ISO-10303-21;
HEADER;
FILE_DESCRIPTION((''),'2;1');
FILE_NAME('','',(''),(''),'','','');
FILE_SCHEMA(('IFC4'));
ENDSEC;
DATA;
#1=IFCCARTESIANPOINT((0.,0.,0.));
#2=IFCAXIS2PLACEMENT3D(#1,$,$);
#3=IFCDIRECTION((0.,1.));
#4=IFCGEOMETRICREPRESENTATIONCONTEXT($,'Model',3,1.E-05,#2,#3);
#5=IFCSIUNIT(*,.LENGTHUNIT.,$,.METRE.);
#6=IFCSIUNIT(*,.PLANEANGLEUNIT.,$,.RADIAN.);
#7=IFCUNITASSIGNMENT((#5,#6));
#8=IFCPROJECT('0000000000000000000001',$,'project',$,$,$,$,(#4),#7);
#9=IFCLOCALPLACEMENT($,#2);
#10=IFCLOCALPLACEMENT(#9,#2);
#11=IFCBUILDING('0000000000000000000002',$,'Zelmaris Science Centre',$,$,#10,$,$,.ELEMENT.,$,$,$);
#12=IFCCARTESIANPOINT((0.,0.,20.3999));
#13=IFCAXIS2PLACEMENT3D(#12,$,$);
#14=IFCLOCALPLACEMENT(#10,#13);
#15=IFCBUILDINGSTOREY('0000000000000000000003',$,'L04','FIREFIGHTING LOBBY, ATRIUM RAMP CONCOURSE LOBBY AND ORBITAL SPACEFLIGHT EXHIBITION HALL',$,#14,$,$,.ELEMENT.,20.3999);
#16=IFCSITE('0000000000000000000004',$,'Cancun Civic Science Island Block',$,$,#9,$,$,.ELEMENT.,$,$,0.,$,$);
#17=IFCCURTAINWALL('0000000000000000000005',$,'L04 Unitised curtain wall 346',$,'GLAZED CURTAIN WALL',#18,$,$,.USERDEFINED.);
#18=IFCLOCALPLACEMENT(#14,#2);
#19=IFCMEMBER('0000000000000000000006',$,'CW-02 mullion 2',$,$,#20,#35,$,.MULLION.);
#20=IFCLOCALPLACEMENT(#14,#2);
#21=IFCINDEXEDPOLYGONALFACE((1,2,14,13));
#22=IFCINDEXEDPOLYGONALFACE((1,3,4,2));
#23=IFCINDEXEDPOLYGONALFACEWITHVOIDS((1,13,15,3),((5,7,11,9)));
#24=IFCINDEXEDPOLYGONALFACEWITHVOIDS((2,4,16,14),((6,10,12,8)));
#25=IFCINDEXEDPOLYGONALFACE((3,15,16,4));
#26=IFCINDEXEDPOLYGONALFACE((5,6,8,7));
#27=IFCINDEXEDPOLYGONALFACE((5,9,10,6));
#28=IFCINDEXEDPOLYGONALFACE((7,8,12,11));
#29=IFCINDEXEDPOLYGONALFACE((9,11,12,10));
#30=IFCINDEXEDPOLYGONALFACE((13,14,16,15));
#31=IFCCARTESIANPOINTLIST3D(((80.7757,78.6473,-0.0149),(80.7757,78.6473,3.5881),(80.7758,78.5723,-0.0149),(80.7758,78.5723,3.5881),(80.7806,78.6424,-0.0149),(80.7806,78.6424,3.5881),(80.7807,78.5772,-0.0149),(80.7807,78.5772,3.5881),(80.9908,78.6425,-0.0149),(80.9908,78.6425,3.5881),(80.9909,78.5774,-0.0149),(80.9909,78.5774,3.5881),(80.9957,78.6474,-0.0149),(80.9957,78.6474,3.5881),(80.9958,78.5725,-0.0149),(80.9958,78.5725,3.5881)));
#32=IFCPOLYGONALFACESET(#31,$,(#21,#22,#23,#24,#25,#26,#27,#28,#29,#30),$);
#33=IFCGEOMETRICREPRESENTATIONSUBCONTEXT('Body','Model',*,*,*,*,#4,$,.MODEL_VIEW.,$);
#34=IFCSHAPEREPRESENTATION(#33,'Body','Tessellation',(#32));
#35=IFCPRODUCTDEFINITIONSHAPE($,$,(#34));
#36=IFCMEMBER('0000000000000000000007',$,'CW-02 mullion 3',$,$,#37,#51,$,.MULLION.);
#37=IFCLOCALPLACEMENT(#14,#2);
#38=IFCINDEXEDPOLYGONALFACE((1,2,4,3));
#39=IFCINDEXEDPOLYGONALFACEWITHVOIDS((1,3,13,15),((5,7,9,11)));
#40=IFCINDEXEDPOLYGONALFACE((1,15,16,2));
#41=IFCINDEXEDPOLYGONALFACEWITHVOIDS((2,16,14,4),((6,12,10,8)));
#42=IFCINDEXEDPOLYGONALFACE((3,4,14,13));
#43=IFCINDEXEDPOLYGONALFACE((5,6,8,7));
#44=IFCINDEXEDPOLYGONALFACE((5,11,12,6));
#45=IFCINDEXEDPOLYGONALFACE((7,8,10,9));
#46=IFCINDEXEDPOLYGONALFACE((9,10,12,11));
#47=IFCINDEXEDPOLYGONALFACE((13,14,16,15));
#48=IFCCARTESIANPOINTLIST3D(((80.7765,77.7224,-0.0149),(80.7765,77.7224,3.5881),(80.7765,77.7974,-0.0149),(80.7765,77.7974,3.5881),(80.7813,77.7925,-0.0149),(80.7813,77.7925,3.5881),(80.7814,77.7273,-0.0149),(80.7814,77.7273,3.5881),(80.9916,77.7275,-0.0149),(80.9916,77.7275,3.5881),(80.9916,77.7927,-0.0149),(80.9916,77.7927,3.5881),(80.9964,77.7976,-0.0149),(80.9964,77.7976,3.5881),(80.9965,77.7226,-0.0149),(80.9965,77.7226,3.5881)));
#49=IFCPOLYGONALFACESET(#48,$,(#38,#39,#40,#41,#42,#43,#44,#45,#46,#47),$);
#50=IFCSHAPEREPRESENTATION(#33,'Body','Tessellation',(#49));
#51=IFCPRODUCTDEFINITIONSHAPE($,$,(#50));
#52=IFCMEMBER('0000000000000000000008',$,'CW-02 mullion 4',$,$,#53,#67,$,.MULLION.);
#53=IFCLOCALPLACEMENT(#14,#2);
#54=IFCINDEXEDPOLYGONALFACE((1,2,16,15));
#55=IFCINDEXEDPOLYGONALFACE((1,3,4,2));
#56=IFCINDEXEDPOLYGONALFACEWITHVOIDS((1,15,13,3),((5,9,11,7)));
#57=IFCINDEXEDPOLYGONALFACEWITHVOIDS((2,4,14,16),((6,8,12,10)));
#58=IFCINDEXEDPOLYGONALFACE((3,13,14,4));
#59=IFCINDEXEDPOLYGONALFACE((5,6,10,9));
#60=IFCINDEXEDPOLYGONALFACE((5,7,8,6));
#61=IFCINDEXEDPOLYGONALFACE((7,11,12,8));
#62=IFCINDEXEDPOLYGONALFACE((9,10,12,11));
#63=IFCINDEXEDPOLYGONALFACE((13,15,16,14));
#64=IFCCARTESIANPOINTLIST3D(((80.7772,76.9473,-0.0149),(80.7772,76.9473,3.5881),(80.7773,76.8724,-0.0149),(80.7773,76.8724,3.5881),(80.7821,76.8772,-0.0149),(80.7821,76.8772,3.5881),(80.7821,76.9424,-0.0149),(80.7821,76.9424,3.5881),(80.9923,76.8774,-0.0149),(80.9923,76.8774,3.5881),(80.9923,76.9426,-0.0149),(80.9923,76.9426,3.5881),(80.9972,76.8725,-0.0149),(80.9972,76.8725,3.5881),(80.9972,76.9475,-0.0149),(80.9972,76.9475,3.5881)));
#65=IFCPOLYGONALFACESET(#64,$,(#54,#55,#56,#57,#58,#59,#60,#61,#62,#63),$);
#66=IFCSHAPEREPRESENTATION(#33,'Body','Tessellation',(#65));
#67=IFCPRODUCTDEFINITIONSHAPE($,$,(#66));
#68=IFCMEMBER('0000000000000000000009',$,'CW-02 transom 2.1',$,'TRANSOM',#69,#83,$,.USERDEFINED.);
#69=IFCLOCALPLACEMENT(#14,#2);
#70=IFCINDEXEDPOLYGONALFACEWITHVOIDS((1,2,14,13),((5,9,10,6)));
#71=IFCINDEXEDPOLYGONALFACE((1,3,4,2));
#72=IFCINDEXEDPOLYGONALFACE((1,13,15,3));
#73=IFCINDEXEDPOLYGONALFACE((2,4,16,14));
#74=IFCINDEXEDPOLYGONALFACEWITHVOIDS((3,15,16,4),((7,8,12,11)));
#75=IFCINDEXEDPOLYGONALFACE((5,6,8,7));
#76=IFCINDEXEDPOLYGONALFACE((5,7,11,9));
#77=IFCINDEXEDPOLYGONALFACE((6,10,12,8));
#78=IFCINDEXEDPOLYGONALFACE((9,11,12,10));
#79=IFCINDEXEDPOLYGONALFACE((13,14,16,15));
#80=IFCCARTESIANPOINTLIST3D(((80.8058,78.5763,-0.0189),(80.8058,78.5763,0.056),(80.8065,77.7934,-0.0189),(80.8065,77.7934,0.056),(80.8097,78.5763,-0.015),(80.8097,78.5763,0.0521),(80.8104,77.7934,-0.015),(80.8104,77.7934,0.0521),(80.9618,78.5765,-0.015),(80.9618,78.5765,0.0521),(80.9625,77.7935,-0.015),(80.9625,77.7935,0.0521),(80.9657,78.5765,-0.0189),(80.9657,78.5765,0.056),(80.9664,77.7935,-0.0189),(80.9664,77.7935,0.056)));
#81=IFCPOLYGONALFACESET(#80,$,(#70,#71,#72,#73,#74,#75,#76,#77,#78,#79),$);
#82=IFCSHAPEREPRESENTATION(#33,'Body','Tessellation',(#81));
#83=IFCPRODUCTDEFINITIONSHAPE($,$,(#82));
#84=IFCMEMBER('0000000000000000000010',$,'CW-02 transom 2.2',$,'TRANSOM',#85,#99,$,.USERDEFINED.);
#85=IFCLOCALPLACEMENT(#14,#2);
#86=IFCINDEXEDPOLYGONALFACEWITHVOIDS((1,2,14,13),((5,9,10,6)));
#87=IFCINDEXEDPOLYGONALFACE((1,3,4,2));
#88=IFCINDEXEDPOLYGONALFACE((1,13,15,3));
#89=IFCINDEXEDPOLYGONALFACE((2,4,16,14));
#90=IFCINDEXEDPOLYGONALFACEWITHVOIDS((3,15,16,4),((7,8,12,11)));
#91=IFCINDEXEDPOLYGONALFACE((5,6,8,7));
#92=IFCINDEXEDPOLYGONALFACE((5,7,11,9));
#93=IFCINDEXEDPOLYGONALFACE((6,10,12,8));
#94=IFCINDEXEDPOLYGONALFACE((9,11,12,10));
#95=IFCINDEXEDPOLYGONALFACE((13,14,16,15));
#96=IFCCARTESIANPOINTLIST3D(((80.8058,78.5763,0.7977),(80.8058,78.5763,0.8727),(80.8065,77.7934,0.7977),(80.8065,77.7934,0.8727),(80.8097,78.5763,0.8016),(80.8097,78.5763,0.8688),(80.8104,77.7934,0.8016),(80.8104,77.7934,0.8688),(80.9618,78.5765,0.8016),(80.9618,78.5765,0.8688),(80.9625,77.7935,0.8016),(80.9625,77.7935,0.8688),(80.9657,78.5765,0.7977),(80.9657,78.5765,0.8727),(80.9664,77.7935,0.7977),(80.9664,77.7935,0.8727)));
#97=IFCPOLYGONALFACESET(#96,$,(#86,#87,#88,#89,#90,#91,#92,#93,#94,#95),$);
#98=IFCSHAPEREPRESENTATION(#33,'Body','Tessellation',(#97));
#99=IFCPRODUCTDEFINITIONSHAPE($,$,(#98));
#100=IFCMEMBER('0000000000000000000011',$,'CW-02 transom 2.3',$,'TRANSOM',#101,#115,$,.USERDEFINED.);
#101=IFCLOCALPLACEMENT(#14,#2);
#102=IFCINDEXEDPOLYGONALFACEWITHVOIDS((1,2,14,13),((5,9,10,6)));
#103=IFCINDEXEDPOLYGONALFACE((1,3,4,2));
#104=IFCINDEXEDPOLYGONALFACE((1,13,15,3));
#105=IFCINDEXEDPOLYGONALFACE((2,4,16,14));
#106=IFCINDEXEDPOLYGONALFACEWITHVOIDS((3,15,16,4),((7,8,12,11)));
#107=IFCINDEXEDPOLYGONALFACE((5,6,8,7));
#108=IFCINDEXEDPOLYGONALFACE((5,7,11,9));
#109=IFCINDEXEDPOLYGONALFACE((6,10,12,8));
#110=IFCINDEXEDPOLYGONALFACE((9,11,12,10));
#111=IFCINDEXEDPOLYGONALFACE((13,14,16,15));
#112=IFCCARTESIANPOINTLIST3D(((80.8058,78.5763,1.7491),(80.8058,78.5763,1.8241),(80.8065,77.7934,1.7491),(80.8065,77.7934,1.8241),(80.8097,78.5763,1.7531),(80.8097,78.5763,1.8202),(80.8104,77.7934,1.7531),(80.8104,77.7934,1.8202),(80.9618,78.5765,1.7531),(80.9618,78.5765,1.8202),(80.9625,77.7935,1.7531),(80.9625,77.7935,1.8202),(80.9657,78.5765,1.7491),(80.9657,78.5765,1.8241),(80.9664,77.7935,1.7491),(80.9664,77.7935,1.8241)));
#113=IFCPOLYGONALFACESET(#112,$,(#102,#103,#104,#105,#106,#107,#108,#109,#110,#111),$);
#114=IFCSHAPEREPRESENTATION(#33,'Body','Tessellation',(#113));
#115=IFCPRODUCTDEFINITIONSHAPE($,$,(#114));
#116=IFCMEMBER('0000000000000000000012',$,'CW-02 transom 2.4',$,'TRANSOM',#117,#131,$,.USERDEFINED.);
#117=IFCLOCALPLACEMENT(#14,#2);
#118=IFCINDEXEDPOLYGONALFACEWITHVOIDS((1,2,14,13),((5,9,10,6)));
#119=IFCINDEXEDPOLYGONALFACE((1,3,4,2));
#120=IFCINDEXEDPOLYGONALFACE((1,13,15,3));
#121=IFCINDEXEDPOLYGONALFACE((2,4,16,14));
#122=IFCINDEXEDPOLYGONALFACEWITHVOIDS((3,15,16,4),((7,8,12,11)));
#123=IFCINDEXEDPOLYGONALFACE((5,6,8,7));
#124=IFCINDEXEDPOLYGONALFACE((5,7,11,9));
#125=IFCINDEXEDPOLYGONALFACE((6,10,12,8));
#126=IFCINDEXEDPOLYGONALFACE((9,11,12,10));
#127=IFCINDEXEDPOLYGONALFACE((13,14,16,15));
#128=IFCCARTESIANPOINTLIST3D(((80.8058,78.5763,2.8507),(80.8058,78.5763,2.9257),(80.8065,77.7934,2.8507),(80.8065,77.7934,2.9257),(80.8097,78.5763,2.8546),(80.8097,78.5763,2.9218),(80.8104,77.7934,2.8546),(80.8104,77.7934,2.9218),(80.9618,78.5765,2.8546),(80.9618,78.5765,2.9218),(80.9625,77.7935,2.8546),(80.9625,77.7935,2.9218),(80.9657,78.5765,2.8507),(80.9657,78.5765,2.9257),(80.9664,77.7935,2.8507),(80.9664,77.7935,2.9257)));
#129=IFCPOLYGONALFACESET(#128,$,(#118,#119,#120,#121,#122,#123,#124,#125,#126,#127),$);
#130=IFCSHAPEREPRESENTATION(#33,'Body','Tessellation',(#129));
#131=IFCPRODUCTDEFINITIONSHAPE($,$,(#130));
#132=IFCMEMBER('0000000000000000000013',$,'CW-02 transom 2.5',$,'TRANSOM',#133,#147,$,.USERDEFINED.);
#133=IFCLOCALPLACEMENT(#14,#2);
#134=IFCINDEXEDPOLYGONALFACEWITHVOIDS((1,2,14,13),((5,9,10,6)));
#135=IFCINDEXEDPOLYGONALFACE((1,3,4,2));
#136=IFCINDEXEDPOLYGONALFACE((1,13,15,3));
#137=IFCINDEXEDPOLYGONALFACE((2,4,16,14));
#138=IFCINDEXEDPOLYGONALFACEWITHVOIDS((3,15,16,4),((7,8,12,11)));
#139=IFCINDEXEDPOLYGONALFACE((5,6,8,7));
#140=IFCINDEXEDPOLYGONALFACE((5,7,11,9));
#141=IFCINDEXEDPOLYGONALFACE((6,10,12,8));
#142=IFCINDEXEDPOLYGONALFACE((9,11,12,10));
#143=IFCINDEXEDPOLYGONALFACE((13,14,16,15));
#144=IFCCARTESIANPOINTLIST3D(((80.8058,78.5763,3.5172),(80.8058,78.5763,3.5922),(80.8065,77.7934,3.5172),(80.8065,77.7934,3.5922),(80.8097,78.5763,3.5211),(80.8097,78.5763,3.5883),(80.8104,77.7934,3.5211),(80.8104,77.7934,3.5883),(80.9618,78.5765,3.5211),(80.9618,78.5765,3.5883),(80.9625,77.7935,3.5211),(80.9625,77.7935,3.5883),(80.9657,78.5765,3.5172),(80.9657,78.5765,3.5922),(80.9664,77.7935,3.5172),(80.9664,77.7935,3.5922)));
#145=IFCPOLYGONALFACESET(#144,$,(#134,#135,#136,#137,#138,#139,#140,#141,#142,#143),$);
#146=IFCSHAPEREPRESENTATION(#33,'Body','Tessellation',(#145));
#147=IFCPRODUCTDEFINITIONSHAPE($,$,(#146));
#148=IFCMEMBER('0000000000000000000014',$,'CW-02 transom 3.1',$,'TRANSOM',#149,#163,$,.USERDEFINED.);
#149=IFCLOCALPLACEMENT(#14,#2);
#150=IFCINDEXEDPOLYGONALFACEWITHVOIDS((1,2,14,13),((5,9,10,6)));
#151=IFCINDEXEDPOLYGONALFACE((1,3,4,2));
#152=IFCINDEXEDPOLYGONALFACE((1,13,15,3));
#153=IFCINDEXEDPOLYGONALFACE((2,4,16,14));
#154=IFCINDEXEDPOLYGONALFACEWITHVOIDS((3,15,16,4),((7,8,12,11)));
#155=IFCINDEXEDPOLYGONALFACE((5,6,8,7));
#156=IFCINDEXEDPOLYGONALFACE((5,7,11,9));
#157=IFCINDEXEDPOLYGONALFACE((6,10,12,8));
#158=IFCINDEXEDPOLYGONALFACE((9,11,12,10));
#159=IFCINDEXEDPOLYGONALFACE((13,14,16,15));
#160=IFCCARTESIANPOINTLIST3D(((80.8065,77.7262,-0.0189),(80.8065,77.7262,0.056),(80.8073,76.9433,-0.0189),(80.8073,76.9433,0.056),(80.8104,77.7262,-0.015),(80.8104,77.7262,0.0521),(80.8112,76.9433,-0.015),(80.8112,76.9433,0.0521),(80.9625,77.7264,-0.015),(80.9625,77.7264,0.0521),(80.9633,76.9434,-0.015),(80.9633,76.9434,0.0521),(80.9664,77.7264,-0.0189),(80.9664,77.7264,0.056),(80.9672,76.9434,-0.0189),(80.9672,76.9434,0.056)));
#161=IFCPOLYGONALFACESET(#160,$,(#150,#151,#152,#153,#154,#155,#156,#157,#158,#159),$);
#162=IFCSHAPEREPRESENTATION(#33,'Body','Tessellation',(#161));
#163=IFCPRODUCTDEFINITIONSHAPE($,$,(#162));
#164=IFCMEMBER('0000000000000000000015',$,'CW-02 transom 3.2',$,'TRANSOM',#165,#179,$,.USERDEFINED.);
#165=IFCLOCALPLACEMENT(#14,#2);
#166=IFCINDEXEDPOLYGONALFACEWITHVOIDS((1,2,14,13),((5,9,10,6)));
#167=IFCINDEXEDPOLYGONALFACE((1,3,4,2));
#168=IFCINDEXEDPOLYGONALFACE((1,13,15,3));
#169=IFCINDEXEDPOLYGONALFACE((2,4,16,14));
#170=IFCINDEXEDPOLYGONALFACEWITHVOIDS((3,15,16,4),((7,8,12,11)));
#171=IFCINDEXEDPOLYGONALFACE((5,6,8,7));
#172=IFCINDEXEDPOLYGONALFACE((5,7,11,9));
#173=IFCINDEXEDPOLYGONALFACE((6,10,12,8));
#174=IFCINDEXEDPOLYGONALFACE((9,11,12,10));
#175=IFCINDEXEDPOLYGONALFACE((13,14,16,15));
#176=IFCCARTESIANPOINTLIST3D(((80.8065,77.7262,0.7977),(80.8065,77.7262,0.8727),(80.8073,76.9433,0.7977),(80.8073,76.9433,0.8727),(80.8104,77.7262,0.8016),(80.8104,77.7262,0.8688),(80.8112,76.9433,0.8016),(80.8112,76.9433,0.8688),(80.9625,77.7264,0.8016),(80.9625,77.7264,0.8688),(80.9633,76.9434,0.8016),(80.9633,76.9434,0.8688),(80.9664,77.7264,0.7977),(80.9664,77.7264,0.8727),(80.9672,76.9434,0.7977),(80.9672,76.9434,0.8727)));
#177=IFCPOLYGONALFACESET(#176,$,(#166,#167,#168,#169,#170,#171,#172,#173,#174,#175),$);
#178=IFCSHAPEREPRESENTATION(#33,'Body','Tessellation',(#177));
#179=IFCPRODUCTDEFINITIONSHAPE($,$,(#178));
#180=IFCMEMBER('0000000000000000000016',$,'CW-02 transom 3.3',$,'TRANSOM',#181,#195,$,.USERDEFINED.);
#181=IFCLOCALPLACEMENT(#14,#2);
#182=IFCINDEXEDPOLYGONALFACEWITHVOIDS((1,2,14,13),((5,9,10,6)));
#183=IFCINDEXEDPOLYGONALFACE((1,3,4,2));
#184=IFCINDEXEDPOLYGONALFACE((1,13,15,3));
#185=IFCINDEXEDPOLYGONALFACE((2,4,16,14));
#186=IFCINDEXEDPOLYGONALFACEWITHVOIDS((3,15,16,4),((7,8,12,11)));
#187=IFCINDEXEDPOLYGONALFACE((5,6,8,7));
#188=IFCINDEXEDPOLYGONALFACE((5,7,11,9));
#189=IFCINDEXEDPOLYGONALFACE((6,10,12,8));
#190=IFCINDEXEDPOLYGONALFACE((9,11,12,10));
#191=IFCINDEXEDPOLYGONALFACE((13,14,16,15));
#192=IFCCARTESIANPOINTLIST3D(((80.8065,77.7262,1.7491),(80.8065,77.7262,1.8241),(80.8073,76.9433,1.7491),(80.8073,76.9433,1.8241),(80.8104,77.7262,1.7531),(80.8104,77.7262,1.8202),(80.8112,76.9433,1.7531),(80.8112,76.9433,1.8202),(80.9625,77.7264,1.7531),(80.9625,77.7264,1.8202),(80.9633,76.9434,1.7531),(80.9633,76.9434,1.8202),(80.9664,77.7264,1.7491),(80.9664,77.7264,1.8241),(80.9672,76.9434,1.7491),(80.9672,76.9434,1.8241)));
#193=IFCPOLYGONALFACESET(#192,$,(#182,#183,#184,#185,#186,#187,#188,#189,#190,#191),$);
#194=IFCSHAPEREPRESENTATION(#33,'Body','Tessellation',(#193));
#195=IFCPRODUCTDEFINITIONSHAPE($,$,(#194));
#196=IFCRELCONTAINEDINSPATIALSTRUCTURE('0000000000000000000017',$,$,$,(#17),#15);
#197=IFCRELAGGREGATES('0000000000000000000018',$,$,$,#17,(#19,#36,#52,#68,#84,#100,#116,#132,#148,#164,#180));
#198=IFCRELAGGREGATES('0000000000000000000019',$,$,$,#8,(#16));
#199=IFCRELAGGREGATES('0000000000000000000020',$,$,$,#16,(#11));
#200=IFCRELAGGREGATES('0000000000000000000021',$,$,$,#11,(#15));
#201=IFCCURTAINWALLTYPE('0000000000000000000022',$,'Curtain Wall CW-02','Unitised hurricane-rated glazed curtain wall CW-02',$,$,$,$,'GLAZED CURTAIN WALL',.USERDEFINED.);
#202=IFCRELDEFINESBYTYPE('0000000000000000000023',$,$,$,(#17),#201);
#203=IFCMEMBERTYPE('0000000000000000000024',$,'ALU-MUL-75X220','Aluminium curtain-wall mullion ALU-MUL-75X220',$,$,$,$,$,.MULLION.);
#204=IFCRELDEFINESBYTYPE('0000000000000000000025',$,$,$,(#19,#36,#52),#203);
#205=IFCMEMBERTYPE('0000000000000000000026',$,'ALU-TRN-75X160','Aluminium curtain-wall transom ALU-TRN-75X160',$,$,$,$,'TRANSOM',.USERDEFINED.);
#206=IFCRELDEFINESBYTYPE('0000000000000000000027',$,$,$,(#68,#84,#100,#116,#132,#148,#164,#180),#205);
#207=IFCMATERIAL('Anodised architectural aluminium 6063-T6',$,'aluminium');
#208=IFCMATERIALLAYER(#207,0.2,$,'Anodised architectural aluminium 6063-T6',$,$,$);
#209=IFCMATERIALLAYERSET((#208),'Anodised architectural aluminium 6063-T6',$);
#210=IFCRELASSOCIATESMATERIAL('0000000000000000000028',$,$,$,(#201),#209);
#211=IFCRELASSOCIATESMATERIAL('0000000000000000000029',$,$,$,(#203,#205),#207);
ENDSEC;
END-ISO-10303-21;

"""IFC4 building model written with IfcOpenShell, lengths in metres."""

from ifc_helpers import new_model, si_unit, direction, frame, origin, origin_2d, place, context, subcontext, project, spatial, hollow_rectangle, extrude, material, layer, layer_set, material_profile, profile_set, type_object, element, aggregate, save


model = new_model("IFC4")

# Units and contexts
model_context = context("Model", 3, precision=1e-05, world=origin(), true_north=direction((0.0, 1.0)))
body_context = subcontext(model_context, "Body", "Model", "MODEL_VIEW")
ifc_project = project(units=[si_unit("LENGTHUNIT", "METRE"), si_unit("PLANEANGLEUNIT", "RADIAN")], contexts=[model_context])

# Site, building, storey
site_placement = place(None, origin())
site = spatial("IfcSite", under=ifc_project, at=site_placement, Name="Cancun Civic Science Island Block", CompositionType="ELEMENT", RefElevation=0.0)
building_placement = place(site_placement, origin())
building = spatial("IfcBuilding", under=site, at=building_placement, Name="Zelmaris Science Centre", CompositionType="ELEMENT")
storey_placement = place(building_placement, frame((0.0, 0.0, 20.3999)))
storey = spatial("IfcBuildingStorey", under=building, at=storey_placement, Name="L04", Description="FIREFIGHTING LOBBY, ATRIUM RAMP CONCOURSE LOBBY AND ORBITAL SPACEFLIGHT EXHIBITION HALL", CompositionType="ELEMENT", Elevation=20.3999)

# Curtain wall, members
ifc_material_1 = material(Name="Anodised architectural aluminium 6063-T6", Category="aluminium")
ifc_layer_1 = layer(ifc_material_1, 0.2, Name="Anodised architectural aluminium 6063-T6")
ifc_layer_set_1 = layer_set([ifc_layer_1], Name="Anodised architectural aluminium 6063-T6")
curtain_wall_type = type_object("IfcCurtainWallType", Name="Curtain Wall CW-02", Description="Unitised hurricane-rated glazed curtain wall CW-02", ElementType="GLAZED CURTAIN WALL", PredefinedType="USERDEFINED", material=ifc_layer_set_1)
curtain_wall_placement = place(storey_placement, origin())
curtain_wall = element("IfcCurtainWall", 1, at=curtain_wall_placement, inside=storey, type_object=curtain_wall_type, Name="L04 Unitised curtain wall 346", ObjectType="GLAZED CURTAIN WALL", PredefinedType="USERDEFINED")
ifc_material_profile_1 = material_profile(ifc_material_1, hollow_rectangle(XDim=0.075, YDim=0.22, WallThickness=0.0049, at=origin_2d()), Name="ALU-MUL-75X220")
ifc_profile_set_1 = profile_set([ifc_material_profile_1], Name="Anodised architectural aluminium 6063-T6")
member_type_1 = type_object("IfcMemberType", Name="ALU-MUL-75X220", Description="Aluminium curtain-wall mullion ALU-MUL-75X220", PredefinedType="MULLION", material=ifc_profile_set_1)
member_1_placement = place(storey_placement, frame((80.8857, 78.6099, -0.0149), z_axis=(0.0, 0.0, 1.0), x_axis=(0.000771, -1.0, 0.0)))
member_1 = element("IfcMember", 2, at=member_1_placement, type_object=member_type_1, Name="CW-02 mullion 2", PredefinedType="MULLION", context=body_context, shape_type="SweptSolid", body=[
    extrude(hollow_rectangle(XDim=0.075, YDim=0.22, WallThickness=0.0049, at=origin_2d()), origin(), (0.0, 0.0, 1.0), 3.603),
])
member_2_placement = place(storey_placement, frame((80.8865, 77.76, -0.0149), z_axis=(0.0, 0.0, 1.0), x_axis=(0.000771, -1.0, 0.0)))
member_2 = element("IfcMember", 3, at=member_2_placement, type_object=member_type_1, Name="CW-02 mullion 3", PredefinedType="MULLION", context=body_context, shape_type="SweptSolid", body=[
    extrude(hollow_rectangle(XDim=0.075, YDim=0.22, WallThickness=0.0049, at=origin_2d()), origin(), (0.0, 0.0, 1.0), 3.603),
])
member_3_placement = place(storey_placement, frame((80.8872, 76.9099, -0.0149), z_axis=(0.0, 0.0, 1.0), x_axis=(0.000771, -1.0, 0.0)))
member_3 = element("IfcMember", 4, at=member_3_placement, type_object=member_type_1, Name="CW-02 mullion 4", PredefinedType="MULLION", context=body_context, shape_type="SweptSolid", body=[
    extrude(hollow_rectangle(XDim=0.075, YDim=0.22, WallThickness=0.0049, at=origin_2d()), origin(), (0.0, 0.0, 1.0), 3.603),
])
ifc_material_profile_2 = material_profile(ifc_material_1, hollow_rectangle(XDim=0.075, YDim=0.1599, WallThickness=0.0039, at=origin_2d()), Name="ALU-TRN-75X160")
ifc_profile_set_2 = profile_set([ifc_material_profile_2], Name="Anodised architectural aluminium 6063-T6")
member_type_2 = type_object("IfcMemberType", Name="ALU-TRN-75X160", Description="Aluminium curtain-wall transom ALU-TRN-75X160", ElementType="TRANSOM", PredefinedType="USERDEFINED", material=ifc_profile_set_2)
member_4_placement = place(storey_placement, frame((80.8857, 78.5764, 0.0186), z_axis=(0.000935, -1.0, 0.0), x_axis=(0.0, 0.0, 1.0)))
member_4 = element("IfcMember", 5, at=member_4_placement, type_object=member_type_2, Name="CW-02 transom 2.1", ObjectType="TRANSOM", PredefinedType="USERDEFINED", context=body_context, shape_type="SweptSolid", body=[
    extrude(hollow_rectangle(XDim=0.075, YDim=0.1599, WallThickness=0.0039, at=origin_2d()), origin(), (0.0, 0.0, 1.0), 0.783),
])
member_5_placement = place(storey_placement, frame((80.8857, 78.5764, 0.8352), z_axis=(0.000935, -1.0, 0.0), x_axis=(0.0, 0.0, 1.0)))
member_5 = element("IfcMember", 6, at=member_5_placement, type_object=member_type_2, Name="CW-02 transom 2.2", ObjectType="TRANSOM", PredefinedType="USERDEFINED", context=body_context, shape_type="SweptSolid", body=[
    extrude(hollow_rectangle(XDim=0.075, YDim=0.1599, WallThickness=0.0039, at=origin_2d()), origin(), (0.0, 0.0, 1.0), 0.783),
])
member_6_placement = place(storey_placement, frame((80.8857, 78.5764, 1.7866), z_axis=(0.000935, -1.0, 0.0), x_axis=(0.0, 0.0, 1.0)))
member_6 = element("IfcMember", 7, at=member_6_placement, type_object=member_type_2, Name="CW-02 transom 2.3", ObjectType="TRANSOM", PredefinedType="USERDEFINED", context=body_context, shape_type="SweptSolid", body=[
    extrude(hollow_rectangle(XDim=0.075, YDim=0.1599, WallThickness=0.0039, at=origin_2d()), origin(), (0.0, 0.0, 1.0), 0.783),
])
member_7_placement = place(storey_placement, frame((80.8857, 78.5764, 2.8882), z_axis=(0.000935, -1.0, 0.0), x_axis=(0.0, 0.0, 1.0)))
member_7 = element("IfcMember", 8, at=member_7_placement, type_object=member_type_2, Name="CW-02 transom 2.4", ObjectType="TRANSOM", PredefinedType="USERDEFINED", context=body_context, shape_type="SweptSolid", body=[
    extrude(hollow_rectangle(XDim=0.075, YDim=0.1599, WallThickness=0.0039, at=origin_2d()), origin(), (0.0, 0.0, 1.0), 0.783),
])
member_8_placement = place(storey_placement, frame((80.8857, 78.5764, 3.5547), z_axis=(0.000935, -1.0, 0.0), x_axis=(0.0, 0.0, 1.0)))
member_8 = element("IfcMember", 9, at=member_8_placement, type_object=member_type_2, Name="CW-02 transom 2.5", ObjectType="TRANSOM", PredefinedType="USERDEFINED", context=body_context, shape_type="SweptSolid", body=[
    extrude(hollow_rectangle(XDim=0.075, YDim=0.1599, WallThickness=0.0039, at=origin_2d()), origin(), (0.0, 0.0, 1.0), 0.783),
])
member_9_placement = place(storey_placement, frame((80.8865, 77.7263, 0.0186), z_axis=(0.000935, -1.0, 0.0), x_axis=(0.0, 0.0, 1.0)))
member_9 = element("IfcMember", 10, at=member_9_placement, type_object=member_type_2, Name="CW-02 transom 3.1", ObjectType="TRANSOM", PredefinedType="USERDEFINED", context=body_context, shape_type="SweptSolid", body=[
    extrude(hollow_rectangle(XDim=0.075, YDim=0.1599, WallThickness=0.0039, at=origin_2d()), origin(), (0.0, 0.0, 1.0), 0.783),
])
member_10_placement = place(storey_placement, frame((80.8865, 77.7263, 0.8352), z_axis=(0.000935, -1.0, 0.0), x_axis=(0.0, 0.0, 1.0)))
member_10 = element("IfcMember", 11, at=member_10_placement, type_object=member_type_2, Name="CW-02 transom 3.2", ObjectType="TRANSOM", PredefinedType="USERDEFINED", context=body_context, shape_type="SweptSolid", body=[
    extrude(hollow_rectangle(XDim=0.075, YDim=0.1599, WallThickness=0.0039, at=origin_2d()), origin(), (0.0, 0.0, 1.0), 0.783),
])
member_11_placement = place(storey_placement, frame((80.8865, 77.7263, 1.7866), z_axis=(0.000935, -1.0, 0.0), x_axis=(0.0, 0.0, 1.0)))
member_11 = element("IfcMember", 12, at=member_11_placement, type_object=member_type_2, Name="CW-02 transom 3.3", ObjectType="TRANSOM", PredefinedType="USERDEFINED", context=body_context, shape_type="SweptSolid", body=[
    extrude(hollow_rectangle(XDim=0.075, YDim=0.1599, WallThickness=0.0039, at=origin_2d()), origin(), (0.0, 0.0, 1.0), 0.783),
])
aggregate(curtain_wall, [member_1, member_2, member_3, member_4, member_5, member_6, member_7, member_8, member_9, member_10, member_11])

save(model, "model.ifc")
